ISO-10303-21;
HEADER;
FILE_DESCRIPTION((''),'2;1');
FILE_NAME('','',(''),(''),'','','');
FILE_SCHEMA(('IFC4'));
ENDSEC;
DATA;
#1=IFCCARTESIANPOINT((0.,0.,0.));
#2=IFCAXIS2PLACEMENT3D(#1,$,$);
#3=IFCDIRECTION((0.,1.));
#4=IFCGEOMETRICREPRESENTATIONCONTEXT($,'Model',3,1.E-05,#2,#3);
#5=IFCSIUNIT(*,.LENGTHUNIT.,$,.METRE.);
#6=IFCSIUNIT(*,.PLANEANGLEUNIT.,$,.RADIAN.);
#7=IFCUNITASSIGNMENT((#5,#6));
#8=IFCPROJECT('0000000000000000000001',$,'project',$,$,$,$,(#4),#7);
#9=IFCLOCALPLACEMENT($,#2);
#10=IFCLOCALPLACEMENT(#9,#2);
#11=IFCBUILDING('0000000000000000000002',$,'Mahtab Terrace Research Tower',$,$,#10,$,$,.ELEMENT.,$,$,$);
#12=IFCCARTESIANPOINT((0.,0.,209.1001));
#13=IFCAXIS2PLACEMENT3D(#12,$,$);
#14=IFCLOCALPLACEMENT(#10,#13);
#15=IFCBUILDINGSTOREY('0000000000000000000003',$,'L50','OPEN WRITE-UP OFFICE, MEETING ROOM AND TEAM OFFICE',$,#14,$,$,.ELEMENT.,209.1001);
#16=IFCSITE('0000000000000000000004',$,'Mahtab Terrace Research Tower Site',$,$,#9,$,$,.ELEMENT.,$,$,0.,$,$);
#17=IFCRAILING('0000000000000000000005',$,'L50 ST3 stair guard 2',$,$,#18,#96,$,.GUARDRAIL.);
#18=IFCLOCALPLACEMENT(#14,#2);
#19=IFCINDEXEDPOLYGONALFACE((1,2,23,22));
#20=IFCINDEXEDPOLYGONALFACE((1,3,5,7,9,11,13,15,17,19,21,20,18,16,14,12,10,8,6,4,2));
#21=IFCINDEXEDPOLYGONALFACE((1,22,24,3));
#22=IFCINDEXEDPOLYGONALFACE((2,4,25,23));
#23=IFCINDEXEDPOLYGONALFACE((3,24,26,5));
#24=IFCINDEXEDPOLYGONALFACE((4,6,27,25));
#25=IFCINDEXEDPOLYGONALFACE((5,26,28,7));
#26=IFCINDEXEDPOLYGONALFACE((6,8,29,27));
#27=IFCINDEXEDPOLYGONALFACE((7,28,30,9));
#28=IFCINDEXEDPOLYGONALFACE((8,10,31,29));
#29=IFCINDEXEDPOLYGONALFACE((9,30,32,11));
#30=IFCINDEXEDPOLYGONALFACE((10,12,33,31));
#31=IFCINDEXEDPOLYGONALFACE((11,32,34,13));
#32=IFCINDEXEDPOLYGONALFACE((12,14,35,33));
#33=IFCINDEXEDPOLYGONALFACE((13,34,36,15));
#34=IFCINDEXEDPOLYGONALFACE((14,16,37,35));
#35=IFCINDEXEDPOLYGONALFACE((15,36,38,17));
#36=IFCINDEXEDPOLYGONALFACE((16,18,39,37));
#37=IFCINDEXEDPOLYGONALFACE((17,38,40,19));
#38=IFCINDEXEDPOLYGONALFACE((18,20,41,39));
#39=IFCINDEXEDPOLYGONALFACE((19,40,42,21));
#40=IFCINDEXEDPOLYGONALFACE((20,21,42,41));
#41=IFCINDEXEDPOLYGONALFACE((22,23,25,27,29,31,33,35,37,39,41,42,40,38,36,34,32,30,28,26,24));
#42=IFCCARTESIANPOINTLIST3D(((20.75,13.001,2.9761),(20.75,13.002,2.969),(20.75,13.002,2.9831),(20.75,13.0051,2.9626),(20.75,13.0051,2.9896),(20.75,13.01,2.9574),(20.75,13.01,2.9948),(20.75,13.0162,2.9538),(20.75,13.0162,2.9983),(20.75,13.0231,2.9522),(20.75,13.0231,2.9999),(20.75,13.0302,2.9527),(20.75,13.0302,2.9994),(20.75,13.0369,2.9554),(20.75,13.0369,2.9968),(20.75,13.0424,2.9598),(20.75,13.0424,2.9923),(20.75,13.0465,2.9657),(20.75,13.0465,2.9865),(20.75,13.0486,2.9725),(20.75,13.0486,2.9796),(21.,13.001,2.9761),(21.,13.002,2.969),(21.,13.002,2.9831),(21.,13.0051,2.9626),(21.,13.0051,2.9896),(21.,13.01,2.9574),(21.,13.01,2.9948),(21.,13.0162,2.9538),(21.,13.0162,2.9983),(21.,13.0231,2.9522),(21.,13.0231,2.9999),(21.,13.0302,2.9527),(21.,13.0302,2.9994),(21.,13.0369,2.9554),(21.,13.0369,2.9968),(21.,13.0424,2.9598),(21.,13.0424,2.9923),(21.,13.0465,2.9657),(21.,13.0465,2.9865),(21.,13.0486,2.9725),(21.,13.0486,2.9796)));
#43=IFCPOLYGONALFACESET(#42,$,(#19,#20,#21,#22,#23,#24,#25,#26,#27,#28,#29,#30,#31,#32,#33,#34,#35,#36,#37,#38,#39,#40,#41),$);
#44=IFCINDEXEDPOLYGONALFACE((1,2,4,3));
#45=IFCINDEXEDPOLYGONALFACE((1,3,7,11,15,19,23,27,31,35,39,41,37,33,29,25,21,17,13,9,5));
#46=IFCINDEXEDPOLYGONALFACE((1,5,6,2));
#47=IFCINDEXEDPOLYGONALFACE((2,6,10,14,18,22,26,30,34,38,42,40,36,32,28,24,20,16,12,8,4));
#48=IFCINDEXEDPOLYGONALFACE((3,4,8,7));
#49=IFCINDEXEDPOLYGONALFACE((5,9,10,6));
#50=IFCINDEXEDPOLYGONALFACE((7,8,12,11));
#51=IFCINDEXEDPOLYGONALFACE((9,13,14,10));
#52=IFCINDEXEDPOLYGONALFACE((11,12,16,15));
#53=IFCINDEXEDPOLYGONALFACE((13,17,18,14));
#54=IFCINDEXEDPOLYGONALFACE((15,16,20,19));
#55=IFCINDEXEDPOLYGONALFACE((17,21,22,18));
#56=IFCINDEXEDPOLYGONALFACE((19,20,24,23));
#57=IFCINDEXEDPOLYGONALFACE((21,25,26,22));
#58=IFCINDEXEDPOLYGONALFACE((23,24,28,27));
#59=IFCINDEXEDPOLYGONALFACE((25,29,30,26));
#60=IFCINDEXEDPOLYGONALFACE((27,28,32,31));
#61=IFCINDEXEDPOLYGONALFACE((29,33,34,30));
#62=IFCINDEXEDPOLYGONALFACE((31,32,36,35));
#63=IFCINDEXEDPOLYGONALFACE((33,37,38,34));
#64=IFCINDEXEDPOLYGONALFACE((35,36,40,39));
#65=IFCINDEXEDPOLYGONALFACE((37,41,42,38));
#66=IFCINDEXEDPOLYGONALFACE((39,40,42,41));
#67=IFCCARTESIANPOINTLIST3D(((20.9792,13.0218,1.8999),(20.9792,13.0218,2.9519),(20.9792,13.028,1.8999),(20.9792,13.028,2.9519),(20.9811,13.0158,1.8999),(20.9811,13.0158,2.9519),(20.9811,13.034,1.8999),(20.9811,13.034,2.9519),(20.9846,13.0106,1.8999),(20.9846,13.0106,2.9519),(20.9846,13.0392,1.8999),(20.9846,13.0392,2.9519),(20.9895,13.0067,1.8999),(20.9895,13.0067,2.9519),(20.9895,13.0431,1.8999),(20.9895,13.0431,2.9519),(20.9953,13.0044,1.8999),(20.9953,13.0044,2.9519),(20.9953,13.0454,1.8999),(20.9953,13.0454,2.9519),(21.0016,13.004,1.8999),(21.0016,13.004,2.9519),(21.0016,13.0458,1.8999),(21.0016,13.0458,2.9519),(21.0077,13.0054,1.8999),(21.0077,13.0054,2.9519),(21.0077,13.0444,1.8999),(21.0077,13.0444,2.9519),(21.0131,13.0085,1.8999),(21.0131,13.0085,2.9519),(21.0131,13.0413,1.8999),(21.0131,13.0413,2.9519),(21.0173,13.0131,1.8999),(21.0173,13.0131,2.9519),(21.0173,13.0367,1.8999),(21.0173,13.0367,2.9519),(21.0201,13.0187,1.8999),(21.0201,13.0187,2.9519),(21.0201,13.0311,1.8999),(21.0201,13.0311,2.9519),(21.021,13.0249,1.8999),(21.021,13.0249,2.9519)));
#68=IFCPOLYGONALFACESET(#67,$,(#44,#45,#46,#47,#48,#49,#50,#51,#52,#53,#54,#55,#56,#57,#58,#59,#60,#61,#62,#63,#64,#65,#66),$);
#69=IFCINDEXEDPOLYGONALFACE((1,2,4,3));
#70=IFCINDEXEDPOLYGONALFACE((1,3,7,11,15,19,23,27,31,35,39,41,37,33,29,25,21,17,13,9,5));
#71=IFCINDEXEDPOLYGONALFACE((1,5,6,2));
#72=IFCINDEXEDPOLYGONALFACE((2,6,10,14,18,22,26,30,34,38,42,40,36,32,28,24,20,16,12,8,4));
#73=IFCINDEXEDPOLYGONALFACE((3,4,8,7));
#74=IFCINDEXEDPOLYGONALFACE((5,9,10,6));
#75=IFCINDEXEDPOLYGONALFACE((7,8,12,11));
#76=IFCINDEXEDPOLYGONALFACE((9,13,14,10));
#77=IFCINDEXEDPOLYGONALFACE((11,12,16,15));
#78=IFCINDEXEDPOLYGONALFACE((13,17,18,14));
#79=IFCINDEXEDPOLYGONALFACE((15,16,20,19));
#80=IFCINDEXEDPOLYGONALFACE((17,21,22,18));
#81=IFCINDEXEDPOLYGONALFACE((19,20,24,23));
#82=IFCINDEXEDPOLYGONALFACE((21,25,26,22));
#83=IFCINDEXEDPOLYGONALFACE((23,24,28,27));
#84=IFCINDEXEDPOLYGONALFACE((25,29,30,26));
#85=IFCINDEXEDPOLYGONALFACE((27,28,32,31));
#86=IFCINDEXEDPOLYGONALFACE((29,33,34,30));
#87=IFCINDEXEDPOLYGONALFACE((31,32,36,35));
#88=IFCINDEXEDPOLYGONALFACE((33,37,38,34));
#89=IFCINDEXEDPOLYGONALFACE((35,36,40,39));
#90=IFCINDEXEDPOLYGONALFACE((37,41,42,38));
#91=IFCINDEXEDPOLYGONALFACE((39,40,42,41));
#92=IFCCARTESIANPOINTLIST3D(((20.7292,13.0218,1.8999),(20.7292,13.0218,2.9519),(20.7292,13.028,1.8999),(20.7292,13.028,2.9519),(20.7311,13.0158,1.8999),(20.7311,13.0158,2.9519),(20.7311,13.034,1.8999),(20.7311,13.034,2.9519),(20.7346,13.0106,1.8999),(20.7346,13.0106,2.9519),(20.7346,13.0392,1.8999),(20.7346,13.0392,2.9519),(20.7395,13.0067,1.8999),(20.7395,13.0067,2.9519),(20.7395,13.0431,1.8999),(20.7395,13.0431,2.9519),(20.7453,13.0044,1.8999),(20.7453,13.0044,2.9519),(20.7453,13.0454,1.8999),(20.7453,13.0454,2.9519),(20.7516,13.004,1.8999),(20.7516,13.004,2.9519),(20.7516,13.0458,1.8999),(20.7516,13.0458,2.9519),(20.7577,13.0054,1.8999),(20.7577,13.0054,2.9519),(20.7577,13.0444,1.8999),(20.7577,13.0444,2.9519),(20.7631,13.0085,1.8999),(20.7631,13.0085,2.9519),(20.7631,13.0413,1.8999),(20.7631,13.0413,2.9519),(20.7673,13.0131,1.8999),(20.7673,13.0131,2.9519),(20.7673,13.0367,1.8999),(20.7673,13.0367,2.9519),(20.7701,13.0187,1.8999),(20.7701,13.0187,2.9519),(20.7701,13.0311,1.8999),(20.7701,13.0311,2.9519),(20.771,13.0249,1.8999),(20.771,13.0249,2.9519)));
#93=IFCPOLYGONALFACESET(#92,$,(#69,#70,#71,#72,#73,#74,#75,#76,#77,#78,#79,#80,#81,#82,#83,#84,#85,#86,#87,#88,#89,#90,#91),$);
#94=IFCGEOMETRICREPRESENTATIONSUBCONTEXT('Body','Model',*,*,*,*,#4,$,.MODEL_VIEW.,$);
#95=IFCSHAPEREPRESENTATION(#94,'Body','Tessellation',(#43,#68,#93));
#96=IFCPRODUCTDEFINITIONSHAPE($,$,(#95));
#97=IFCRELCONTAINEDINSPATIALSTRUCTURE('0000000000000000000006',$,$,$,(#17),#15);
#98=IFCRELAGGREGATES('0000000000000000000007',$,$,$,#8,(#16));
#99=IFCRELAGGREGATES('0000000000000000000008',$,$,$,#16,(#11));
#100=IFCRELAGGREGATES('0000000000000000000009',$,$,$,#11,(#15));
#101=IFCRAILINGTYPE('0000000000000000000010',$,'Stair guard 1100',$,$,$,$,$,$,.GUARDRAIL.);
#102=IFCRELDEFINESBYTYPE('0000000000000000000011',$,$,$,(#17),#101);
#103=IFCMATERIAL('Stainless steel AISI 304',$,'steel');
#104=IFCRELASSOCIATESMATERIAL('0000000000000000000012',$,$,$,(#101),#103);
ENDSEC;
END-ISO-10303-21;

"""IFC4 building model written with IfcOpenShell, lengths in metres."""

from ifc_helpers import new_model, si_unit, direction, frame, origin, origin_2d, place, context, subcontext, project, spatial, circle, extrude, material, type_object, element, save


model = new_model("IFC4")

# Units and contexts
model_context = context("Model", 3, precision=1e-05, world=origin(), true_north=direction((0.0, 1.0)))
body_context = subcontext(model_context, "Body", "Model", "MODEL_VIEW")
ifc_project = project(units=[si_unit("LENGTHUNIT", "METRE"), si_unit("PLANEANGLEUNIT", "RADIAN")], contexts=[model_context])

# Site, building, storey
site_placement = place(None, origin())
site = spatial("IfcSite", under=ifc_project, at=site_placement, Name="Mahtab Terrace Research Tower Site", CompositionType="ELEMENT", RefElevation=0.0)
building_placement = place(site_placement, origin())
building = spatial("IfcBuilding", under=site, at=building_placement, Name="Mahtab Terrace Research Tower", CompositionType="ELEMENT")
storey_placement = place(building_placement, frame((0.0, 0.0, 209.1001)))
storey = spatial("IfcBuildingStorey", under=building, at=storey_placement, Name="L50", Description="OPEN WRITE-UP OFFICE, MEETING ROOM AND TEAM OFFICE", CompositionType="ELEMENT", Elevation=209.1001)

# Shared definitions
ifc_material_1 = material(Name="Stainless steel AISI 304", Category="steel")

# Railing
railing_type_1 = type_object("IfcRailingType", Name="Stair guard 1100", PredefinedType="GUARDRAIL", material=ifc_material_1)
railing_1_placement = place(storey_placement, frame((21.0, 13.0249, 1.8999)))
element("IfcRailing", 1, at=railing_1_placement, inside=storey, type_object=railing_type_1, Name="L50 ST3 stair guard 2", PredefinedType="GUARDRAIL", context=body_context, shape_type="SweptSolid", body=[
    extrude(circle(Radius=0.0239, at=origin_2d()), frame((0.0, 0.0, 1.0762), z_axis=(-1.0, 0.0, 0.0), x_axis=(0.0, -1.0, 0.0)), (0.0, 0.0, 1.0), 0.25),
    extrude(circle(Radius=0.021, at=origin_2d()), origin(), (0.0, 0.0, 1.0), 1.052),
    extrude(circle(Radius=0.021, at=origin_2d()), frame((-0.25, 0.0, 0.0)), (0.0, 0.0, 1.0), 1.052),
])

save(model, "model.ifc")
